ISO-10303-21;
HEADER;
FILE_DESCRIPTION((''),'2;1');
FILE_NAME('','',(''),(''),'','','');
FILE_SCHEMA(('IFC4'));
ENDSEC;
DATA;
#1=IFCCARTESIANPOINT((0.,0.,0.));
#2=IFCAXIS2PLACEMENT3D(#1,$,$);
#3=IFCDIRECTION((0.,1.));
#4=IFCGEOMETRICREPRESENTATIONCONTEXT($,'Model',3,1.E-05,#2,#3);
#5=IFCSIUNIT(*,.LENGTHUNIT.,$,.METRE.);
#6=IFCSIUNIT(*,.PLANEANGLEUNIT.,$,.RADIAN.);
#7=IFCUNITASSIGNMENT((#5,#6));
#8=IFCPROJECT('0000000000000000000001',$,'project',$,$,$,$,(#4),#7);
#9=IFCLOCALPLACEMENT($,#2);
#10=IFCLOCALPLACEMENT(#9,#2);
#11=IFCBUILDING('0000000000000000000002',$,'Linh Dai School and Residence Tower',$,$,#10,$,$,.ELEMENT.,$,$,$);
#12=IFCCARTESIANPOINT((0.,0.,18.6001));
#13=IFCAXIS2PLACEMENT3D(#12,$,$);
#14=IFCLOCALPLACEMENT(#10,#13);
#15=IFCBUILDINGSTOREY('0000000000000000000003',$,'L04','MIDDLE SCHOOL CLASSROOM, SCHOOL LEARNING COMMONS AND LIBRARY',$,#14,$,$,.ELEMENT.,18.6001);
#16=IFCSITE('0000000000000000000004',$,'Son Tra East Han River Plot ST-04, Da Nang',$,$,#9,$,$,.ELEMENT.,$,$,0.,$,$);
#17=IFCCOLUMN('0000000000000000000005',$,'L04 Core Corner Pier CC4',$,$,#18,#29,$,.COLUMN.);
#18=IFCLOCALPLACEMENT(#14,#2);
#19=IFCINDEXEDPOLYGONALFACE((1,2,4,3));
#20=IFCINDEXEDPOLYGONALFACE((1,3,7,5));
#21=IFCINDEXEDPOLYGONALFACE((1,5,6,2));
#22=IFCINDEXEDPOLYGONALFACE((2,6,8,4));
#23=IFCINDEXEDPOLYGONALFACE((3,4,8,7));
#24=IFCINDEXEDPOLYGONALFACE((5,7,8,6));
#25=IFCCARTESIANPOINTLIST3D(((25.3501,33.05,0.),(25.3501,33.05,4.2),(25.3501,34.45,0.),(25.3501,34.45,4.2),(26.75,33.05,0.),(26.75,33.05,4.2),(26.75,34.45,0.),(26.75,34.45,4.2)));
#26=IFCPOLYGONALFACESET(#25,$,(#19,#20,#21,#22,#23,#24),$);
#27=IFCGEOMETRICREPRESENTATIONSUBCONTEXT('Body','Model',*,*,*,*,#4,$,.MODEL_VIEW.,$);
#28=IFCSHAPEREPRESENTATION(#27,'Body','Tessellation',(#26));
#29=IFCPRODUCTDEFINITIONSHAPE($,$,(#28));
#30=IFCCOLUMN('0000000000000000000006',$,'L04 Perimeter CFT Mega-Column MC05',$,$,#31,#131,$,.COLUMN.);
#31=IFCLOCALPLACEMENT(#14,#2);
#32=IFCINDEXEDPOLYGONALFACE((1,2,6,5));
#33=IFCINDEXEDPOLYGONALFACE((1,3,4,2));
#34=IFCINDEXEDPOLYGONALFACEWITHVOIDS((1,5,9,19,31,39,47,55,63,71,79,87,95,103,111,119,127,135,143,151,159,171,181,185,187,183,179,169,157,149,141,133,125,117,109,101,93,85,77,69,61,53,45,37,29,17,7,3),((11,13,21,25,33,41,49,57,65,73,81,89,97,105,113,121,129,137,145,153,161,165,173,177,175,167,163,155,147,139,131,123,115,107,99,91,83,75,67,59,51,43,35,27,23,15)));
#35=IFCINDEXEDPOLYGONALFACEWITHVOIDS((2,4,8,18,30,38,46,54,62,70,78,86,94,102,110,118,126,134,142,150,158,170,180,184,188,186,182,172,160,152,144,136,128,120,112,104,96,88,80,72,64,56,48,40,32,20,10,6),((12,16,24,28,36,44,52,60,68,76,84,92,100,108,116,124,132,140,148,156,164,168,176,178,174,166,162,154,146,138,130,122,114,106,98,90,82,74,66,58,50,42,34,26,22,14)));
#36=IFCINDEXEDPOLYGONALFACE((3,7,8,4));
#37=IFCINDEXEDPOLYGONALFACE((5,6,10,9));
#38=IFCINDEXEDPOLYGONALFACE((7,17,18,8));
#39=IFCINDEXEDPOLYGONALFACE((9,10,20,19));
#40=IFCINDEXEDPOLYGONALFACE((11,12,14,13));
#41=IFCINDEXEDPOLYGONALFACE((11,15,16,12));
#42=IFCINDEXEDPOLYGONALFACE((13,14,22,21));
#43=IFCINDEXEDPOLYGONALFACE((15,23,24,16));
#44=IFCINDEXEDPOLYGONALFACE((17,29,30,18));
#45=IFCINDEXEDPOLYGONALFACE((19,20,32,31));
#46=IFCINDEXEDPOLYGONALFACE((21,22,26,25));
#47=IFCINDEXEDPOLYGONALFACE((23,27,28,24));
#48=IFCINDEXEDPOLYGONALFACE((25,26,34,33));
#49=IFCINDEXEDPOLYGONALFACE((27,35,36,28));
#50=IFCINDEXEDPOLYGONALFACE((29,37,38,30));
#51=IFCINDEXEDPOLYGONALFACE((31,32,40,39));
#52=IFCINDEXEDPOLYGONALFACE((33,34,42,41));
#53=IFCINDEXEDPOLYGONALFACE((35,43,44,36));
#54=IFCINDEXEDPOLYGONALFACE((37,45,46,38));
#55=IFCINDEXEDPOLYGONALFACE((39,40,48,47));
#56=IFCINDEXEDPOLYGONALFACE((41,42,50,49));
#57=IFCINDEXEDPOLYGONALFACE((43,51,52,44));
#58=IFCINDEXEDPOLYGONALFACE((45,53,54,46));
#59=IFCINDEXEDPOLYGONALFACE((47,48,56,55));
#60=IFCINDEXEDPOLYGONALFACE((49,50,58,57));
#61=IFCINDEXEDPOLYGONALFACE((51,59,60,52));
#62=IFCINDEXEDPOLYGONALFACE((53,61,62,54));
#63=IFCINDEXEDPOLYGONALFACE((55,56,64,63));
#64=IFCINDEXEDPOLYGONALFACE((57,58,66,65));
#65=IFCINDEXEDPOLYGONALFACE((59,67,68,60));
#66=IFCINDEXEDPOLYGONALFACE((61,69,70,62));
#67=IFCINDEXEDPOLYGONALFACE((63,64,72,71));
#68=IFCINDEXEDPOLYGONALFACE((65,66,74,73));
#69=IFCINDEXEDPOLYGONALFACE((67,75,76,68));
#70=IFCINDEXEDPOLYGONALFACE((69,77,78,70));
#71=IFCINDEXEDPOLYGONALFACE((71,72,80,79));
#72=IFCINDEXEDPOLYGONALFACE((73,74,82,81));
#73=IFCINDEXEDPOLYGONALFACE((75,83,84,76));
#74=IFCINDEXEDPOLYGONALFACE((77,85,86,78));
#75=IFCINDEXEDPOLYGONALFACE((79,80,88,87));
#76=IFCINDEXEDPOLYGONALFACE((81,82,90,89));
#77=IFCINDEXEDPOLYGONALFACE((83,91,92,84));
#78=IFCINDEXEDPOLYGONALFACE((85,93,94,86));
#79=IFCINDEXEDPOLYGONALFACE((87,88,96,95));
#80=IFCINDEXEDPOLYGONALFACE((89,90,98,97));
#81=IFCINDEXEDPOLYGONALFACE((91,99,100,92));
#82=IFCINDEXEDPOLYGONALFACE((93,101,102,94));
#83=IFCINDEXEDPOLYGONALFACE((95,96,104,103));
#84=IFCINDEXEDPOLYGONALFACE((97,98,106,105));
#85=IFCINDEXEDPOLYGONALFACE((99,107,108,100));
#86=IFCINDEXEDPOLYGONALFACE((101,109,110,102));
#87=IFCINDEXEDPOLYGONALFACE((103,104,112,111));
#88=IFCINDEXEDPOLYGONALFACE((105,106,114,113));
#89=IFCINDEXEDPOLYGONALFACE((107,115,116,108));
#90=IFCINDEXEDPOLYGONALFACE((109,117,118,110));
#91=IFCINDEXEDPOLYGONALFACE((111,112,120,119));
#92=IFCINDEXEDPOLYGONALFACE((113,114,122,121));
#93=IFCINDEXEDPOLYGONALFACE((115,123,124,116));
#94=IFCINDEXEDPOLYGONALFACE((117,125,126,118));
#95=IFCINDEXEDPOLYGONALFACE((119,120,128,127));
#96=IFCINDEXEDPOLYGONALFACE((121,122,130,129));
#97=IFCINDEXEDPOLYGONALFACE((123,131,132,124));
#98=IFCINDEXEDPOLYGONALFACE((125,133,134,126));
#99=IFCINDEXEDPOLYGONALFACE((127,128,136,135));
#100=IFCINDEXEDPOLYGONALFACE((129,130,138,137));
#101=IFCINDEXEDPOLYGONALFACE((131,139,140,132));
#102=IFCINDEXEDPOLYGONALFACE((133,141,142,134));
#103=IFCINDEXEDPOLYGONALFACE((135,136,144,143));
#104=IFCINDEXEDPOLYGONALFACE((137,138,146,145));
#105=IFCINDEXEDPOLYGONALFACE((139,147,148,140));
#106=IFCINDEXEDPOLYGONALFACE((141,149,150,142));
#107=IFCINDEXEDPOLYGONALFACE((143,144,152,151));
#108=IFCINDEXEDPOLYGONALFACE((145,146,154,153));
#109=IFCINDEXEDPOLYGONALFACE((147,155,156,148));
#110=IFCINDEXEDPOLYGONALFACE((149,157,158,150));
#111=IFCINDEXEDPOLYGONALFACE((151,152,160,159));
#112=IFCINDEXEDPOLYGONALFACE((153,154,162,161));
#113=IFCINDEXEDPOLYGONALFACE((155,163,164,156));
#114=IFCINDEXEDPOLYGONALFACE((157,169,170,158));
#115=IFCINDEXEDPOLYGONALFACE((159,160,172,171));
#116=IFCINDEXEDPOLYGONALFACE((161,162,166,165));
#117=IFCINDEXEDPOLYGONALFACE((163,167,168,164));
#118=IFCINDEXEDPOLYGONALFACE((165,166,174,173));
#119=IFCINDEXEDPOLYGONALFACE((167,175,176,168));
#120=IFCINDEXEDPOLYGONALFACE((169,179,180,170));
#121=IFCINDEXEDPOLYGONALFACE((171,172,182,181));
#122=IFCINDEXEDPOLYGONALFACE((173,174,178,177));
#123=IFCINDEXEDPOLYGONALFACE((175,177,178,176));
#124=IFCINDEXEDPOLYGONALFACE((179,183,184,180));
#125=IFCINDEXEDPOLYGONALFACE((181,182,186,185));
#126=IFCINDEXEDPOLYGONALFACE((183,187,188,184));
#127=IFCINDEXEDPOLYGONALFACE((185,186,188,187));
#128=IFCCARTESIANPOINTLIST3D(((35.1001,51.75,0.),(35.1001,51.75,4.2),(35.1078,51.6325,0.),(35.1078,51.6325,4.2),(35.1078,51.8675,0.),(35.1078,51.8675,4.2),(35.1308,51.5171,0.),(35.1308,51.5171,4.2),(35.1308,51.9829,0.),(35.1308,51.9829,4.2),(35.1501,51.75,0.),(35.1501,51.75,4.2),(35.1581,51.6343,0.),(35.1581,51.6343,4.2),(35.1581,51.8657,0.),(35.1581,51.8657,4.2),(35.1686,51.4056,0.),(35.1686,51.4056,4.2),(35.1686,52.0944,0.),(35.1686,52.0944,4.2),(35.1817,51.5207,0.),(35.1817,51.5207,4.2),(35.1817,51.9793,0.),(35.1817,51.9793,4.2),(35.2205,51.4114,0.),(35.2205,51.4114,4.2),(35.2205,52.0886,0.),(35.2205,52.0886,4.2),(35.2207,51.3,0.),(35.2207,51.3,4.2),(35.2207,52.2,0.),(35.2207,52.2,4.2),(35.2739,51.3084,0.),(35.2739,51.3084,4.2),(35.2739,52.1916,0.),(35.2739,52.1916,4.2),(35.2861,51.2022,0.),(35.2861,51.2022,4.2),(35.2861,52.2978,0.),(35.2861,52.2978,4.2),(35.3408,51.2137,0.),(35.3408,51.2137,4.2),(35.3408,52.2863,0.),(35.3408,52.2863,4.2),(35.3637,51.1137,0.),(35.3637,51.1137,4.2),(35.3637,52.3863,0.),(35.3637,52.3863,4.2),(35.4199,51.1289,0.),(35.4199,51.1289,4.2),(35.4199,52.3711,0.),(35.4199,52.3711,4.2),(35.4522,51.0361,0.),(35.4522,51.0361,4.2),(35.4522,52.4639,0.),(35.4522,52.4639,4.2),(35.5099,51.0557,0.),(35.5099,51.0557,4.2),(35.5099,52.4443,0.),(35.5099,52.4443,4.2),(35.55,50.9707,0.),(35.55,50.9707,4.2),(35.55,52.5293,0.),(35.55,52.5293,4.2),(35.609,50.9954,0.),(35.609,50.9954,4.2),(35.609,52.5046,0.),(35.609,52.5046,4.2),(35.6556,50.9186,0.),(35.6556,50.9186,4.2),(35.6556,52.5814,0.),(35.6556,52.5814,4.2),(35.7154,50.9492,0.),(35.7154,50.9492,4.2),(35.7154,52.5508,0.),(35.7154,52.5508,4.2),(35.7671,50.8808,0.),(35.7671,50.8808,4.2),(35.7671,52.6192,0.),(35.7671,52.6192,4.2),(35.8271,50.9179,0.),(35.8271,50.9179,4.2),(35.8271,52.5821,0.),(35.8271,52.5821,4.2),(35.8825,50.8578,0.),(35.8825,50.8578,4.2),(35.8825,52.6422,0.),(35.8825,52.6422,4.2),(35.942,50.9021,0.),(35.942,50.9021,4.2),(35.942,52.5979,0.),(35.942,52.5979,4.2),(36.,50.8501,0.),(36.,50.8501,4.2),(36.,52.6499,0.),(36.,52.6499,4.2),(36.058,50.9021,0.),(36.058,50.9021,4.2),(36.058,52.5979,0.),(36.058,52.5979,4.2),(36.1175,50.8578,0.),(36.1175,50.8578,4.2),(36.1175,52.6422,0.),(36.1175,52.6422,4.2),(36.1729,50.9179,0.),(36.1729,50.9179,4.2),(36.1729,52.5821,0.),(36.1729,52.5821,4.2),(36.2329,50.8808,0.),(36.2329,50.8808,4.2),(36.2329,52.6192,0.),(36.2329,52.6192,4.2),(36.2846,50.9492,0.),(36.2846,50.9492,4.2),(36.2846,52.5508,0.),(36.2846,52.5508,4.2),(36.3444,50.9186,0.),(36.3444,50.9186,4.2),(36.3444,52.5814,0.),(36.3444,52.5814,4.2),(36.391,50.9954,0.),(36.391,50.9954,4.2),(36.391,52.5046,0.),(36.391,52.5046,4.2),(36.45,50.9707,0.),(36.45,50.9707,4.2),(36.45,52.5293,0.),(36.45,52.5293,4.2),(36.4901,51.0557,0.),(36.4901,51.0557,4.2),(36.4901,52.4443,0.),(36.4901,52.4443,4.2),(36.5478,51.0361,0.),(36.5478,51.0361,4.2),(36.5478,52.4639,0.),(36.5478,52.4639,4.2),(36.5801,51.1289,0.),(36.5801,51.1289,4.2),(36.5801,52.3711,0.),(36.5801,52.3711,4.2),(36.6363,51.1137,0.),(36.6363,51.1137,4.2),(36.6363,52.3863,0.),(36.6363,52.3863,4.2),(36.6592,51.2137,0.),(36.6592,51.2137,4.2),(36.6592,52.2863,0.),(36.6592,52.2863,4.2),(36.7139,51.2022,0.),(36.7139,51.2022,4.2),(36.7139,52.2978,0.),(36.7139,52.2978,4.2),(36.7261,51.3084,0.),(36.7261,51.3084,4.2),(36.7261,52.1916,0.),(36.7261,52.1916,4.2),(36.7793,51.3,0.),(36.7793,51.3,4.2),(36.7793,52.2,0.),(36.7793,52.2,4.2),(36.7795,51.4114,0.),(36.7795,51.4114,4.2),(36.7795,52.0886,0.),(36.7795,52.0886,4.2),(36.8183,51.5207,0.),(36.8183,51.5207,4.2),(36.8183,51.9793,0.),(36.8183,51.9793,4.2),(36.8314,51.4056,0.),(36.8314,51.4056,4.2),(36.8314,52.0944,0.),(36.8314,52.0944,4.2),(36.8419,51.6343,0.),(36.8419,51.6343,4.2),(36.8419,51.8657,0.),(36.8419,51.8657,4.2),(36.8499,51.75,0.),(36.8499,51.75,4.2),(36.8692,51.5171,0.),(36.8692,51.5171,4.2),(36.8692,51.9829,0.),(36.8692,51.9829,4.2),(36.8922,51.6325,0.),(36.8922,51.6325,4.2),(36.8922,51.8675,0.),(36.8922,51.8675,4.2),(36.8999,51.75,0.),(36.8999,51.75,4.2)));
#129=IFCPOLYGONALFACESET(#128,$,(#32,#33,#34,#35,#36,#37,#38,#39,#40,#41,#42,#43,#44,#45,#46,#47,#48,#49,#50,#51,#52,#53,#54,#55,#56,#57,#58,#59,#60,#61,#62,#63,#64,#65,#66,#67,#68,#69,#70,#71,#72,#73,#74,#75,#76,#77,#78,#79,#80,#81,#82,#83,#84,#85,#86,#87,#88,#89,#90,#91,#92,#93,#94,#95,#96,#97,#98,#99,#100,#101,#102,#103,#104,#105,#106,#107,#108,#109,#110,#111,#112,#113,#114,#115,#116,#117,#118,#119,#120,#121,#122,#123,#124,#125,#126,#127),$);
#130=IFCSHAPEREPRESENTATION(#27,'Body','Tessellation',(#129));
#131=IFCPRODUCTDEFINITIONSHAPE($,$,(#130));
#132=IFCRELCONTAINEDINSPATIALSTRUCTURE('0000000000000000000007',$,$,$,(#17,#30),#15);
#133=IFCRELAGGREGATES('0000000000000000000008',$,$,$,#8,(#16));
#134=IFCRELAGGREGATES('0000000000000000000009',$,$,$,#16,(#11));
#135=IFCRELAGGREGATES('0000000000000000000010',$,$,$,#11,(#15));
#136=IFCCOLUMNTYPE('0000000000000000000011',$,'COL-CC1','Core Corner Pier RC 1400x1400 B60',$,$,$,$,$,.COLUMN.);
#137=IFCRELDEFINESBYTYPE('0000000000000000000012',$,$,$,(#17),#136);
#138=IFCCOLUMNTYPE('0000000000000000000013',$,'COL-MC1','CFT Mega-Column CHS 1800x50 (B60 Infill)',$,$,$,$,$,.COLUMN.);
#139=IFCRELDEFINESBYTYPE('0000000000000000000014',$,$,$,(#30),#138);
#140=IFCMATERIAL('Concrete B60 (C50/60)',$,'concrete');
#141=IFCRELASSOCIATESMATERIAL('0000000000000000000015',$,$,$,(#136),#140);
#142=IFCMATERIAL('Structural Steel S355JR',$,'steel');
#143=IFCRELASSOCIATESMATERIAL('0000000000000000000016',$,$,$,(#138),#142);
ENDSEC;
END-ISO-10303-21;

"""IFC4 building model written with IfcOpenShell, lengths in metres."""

from ifc_helpers import new_model, si_unit, direction, frame, origin, origin_2d, place, context, subcontext, project, spatial, rectangle, hollow_circle, extrude, material, material_profile, profile_set, type_object, element, save


model = new_model("IFC4")

# Units and contexts
model_context = context("Model", 3, precision=1e-05, world=origin(), true_north=direction((0.0, 1.0)))
body_context = subcontext(model_context, "Body", "Model", "MODEL_VIEW")
ifc_project = project(units=[si_unit("LENGTHUNIT", "METRE"), si_unit("PLANEANGLEUNIT", "RADIAN")], contexts=[model_context])

# Site, building, storey
site_placement = place(None, origin())
site = spatial("IfcSite", under=ifc_project, at=site_placement, Name="Son Tra East Han River Plot ST-04, Da Nang", CompositionType="ELEMENT", RefElevation=0.0)
building_placement = place(site_placement, origin())
building = spatial("IfcBuilding", under=site, at=building_placement, Name="Linh Dai School and Residence Tower", CompositionType="ELEMENT")
storey_placement = place(building_placement, frame((0.0, 0.0, 18.6001)))
storey = spatial("IfcBuildingStorey", under=building, at=storey_placement, Name="L04", Description="MIDDLE SCHOOL CLASSROOM, SCHOOL LEARNING COMMONS AND LIBRARY", CompositionType="ELEMENT", Elevation=18.6001)

# Columns
ifc_material_1 = material(Name="Concrete B60 (C50/60)", Category="concrete")
ifc_material_profile_1 = material_profile(ifc_material_1, rectangle(XDim=1.3999, YDim=1.3999, at=origin_2d()), Name="RC 1400x1400")
ifc_profile_set_1 = profile_set([ifc_material_profile_1], Name="Concrete B60 (C50/60)")
column_type_1 = type_object("IfcColumnType", Name="COL-CC1", Description="Core Corner Pier RC 1400x1400 B60", PredefinedType="COLUMN", material=ifc_profile_set_1)
column_placement = place(storey_placement, frame((26.05, 33.75, 0.0), z_axis=(0.0, 0.0, 1.0), x_axis=(1.0, 0.0, 0.0)))
element("IfcColumn", 1, at=column_placement, inside=storey, type_object=column_type_1, Name="L04 Core Corner Pier CC4", PredefinedType="COLUMN", context=body_context, shape_type="SweptSolid", body=[
    extrude(rectangle(XDim=1.3999, YDim=1.3999, at=origin_2d()), origin(), (0.0, 0.0, 1.0), 4.2),
])
ifc_material_2 = material(Name="Structural Steel S355JR", Category="steel")
ifc_material_profile_2 = material_profile(ifc_material_2, hollow_circle(Radius=0.8999, WallThickness=0.05, at=origin_2d()), Name="CHS 1800x50")
ifc_profile_set_2 = profile_set([ifc_material_profile_2], Name="Structural Steel S355JR")
column_type_2 = type_object("IfcColumnType", Name="COL-MC1", Description="CFT Mega-Column CHS 1800x50 (B60 Infill)", PredefinedType="COLUMN", material=ifc_profile_set_2)
for number, where, z_axis, x_axis, name in (
    (2, (36.0, 51.75, 0.0), (0.0, 0.0, 1.0), (1.0, 0.0, 0.0), "L04 Perimeter CFT Mega-Column MC05"),
):
    element("IfcColumn", number, at=place(storey_placement, frame(where, z_axis=z_axis, x_axis=x_axis)), inside=storey, type_object=column_type_2, Name=name, PredefinedType="COLUMN", context=body_context, shape_type="SweptSolid", body=[
        extrude(hollow_circle(Radius=0.8999, WallThickness=0.05, at=origin_2d()), origin(), (0.0, 0.0, 1.0), 4.2),
    ])

save(model, "model.ifc")
